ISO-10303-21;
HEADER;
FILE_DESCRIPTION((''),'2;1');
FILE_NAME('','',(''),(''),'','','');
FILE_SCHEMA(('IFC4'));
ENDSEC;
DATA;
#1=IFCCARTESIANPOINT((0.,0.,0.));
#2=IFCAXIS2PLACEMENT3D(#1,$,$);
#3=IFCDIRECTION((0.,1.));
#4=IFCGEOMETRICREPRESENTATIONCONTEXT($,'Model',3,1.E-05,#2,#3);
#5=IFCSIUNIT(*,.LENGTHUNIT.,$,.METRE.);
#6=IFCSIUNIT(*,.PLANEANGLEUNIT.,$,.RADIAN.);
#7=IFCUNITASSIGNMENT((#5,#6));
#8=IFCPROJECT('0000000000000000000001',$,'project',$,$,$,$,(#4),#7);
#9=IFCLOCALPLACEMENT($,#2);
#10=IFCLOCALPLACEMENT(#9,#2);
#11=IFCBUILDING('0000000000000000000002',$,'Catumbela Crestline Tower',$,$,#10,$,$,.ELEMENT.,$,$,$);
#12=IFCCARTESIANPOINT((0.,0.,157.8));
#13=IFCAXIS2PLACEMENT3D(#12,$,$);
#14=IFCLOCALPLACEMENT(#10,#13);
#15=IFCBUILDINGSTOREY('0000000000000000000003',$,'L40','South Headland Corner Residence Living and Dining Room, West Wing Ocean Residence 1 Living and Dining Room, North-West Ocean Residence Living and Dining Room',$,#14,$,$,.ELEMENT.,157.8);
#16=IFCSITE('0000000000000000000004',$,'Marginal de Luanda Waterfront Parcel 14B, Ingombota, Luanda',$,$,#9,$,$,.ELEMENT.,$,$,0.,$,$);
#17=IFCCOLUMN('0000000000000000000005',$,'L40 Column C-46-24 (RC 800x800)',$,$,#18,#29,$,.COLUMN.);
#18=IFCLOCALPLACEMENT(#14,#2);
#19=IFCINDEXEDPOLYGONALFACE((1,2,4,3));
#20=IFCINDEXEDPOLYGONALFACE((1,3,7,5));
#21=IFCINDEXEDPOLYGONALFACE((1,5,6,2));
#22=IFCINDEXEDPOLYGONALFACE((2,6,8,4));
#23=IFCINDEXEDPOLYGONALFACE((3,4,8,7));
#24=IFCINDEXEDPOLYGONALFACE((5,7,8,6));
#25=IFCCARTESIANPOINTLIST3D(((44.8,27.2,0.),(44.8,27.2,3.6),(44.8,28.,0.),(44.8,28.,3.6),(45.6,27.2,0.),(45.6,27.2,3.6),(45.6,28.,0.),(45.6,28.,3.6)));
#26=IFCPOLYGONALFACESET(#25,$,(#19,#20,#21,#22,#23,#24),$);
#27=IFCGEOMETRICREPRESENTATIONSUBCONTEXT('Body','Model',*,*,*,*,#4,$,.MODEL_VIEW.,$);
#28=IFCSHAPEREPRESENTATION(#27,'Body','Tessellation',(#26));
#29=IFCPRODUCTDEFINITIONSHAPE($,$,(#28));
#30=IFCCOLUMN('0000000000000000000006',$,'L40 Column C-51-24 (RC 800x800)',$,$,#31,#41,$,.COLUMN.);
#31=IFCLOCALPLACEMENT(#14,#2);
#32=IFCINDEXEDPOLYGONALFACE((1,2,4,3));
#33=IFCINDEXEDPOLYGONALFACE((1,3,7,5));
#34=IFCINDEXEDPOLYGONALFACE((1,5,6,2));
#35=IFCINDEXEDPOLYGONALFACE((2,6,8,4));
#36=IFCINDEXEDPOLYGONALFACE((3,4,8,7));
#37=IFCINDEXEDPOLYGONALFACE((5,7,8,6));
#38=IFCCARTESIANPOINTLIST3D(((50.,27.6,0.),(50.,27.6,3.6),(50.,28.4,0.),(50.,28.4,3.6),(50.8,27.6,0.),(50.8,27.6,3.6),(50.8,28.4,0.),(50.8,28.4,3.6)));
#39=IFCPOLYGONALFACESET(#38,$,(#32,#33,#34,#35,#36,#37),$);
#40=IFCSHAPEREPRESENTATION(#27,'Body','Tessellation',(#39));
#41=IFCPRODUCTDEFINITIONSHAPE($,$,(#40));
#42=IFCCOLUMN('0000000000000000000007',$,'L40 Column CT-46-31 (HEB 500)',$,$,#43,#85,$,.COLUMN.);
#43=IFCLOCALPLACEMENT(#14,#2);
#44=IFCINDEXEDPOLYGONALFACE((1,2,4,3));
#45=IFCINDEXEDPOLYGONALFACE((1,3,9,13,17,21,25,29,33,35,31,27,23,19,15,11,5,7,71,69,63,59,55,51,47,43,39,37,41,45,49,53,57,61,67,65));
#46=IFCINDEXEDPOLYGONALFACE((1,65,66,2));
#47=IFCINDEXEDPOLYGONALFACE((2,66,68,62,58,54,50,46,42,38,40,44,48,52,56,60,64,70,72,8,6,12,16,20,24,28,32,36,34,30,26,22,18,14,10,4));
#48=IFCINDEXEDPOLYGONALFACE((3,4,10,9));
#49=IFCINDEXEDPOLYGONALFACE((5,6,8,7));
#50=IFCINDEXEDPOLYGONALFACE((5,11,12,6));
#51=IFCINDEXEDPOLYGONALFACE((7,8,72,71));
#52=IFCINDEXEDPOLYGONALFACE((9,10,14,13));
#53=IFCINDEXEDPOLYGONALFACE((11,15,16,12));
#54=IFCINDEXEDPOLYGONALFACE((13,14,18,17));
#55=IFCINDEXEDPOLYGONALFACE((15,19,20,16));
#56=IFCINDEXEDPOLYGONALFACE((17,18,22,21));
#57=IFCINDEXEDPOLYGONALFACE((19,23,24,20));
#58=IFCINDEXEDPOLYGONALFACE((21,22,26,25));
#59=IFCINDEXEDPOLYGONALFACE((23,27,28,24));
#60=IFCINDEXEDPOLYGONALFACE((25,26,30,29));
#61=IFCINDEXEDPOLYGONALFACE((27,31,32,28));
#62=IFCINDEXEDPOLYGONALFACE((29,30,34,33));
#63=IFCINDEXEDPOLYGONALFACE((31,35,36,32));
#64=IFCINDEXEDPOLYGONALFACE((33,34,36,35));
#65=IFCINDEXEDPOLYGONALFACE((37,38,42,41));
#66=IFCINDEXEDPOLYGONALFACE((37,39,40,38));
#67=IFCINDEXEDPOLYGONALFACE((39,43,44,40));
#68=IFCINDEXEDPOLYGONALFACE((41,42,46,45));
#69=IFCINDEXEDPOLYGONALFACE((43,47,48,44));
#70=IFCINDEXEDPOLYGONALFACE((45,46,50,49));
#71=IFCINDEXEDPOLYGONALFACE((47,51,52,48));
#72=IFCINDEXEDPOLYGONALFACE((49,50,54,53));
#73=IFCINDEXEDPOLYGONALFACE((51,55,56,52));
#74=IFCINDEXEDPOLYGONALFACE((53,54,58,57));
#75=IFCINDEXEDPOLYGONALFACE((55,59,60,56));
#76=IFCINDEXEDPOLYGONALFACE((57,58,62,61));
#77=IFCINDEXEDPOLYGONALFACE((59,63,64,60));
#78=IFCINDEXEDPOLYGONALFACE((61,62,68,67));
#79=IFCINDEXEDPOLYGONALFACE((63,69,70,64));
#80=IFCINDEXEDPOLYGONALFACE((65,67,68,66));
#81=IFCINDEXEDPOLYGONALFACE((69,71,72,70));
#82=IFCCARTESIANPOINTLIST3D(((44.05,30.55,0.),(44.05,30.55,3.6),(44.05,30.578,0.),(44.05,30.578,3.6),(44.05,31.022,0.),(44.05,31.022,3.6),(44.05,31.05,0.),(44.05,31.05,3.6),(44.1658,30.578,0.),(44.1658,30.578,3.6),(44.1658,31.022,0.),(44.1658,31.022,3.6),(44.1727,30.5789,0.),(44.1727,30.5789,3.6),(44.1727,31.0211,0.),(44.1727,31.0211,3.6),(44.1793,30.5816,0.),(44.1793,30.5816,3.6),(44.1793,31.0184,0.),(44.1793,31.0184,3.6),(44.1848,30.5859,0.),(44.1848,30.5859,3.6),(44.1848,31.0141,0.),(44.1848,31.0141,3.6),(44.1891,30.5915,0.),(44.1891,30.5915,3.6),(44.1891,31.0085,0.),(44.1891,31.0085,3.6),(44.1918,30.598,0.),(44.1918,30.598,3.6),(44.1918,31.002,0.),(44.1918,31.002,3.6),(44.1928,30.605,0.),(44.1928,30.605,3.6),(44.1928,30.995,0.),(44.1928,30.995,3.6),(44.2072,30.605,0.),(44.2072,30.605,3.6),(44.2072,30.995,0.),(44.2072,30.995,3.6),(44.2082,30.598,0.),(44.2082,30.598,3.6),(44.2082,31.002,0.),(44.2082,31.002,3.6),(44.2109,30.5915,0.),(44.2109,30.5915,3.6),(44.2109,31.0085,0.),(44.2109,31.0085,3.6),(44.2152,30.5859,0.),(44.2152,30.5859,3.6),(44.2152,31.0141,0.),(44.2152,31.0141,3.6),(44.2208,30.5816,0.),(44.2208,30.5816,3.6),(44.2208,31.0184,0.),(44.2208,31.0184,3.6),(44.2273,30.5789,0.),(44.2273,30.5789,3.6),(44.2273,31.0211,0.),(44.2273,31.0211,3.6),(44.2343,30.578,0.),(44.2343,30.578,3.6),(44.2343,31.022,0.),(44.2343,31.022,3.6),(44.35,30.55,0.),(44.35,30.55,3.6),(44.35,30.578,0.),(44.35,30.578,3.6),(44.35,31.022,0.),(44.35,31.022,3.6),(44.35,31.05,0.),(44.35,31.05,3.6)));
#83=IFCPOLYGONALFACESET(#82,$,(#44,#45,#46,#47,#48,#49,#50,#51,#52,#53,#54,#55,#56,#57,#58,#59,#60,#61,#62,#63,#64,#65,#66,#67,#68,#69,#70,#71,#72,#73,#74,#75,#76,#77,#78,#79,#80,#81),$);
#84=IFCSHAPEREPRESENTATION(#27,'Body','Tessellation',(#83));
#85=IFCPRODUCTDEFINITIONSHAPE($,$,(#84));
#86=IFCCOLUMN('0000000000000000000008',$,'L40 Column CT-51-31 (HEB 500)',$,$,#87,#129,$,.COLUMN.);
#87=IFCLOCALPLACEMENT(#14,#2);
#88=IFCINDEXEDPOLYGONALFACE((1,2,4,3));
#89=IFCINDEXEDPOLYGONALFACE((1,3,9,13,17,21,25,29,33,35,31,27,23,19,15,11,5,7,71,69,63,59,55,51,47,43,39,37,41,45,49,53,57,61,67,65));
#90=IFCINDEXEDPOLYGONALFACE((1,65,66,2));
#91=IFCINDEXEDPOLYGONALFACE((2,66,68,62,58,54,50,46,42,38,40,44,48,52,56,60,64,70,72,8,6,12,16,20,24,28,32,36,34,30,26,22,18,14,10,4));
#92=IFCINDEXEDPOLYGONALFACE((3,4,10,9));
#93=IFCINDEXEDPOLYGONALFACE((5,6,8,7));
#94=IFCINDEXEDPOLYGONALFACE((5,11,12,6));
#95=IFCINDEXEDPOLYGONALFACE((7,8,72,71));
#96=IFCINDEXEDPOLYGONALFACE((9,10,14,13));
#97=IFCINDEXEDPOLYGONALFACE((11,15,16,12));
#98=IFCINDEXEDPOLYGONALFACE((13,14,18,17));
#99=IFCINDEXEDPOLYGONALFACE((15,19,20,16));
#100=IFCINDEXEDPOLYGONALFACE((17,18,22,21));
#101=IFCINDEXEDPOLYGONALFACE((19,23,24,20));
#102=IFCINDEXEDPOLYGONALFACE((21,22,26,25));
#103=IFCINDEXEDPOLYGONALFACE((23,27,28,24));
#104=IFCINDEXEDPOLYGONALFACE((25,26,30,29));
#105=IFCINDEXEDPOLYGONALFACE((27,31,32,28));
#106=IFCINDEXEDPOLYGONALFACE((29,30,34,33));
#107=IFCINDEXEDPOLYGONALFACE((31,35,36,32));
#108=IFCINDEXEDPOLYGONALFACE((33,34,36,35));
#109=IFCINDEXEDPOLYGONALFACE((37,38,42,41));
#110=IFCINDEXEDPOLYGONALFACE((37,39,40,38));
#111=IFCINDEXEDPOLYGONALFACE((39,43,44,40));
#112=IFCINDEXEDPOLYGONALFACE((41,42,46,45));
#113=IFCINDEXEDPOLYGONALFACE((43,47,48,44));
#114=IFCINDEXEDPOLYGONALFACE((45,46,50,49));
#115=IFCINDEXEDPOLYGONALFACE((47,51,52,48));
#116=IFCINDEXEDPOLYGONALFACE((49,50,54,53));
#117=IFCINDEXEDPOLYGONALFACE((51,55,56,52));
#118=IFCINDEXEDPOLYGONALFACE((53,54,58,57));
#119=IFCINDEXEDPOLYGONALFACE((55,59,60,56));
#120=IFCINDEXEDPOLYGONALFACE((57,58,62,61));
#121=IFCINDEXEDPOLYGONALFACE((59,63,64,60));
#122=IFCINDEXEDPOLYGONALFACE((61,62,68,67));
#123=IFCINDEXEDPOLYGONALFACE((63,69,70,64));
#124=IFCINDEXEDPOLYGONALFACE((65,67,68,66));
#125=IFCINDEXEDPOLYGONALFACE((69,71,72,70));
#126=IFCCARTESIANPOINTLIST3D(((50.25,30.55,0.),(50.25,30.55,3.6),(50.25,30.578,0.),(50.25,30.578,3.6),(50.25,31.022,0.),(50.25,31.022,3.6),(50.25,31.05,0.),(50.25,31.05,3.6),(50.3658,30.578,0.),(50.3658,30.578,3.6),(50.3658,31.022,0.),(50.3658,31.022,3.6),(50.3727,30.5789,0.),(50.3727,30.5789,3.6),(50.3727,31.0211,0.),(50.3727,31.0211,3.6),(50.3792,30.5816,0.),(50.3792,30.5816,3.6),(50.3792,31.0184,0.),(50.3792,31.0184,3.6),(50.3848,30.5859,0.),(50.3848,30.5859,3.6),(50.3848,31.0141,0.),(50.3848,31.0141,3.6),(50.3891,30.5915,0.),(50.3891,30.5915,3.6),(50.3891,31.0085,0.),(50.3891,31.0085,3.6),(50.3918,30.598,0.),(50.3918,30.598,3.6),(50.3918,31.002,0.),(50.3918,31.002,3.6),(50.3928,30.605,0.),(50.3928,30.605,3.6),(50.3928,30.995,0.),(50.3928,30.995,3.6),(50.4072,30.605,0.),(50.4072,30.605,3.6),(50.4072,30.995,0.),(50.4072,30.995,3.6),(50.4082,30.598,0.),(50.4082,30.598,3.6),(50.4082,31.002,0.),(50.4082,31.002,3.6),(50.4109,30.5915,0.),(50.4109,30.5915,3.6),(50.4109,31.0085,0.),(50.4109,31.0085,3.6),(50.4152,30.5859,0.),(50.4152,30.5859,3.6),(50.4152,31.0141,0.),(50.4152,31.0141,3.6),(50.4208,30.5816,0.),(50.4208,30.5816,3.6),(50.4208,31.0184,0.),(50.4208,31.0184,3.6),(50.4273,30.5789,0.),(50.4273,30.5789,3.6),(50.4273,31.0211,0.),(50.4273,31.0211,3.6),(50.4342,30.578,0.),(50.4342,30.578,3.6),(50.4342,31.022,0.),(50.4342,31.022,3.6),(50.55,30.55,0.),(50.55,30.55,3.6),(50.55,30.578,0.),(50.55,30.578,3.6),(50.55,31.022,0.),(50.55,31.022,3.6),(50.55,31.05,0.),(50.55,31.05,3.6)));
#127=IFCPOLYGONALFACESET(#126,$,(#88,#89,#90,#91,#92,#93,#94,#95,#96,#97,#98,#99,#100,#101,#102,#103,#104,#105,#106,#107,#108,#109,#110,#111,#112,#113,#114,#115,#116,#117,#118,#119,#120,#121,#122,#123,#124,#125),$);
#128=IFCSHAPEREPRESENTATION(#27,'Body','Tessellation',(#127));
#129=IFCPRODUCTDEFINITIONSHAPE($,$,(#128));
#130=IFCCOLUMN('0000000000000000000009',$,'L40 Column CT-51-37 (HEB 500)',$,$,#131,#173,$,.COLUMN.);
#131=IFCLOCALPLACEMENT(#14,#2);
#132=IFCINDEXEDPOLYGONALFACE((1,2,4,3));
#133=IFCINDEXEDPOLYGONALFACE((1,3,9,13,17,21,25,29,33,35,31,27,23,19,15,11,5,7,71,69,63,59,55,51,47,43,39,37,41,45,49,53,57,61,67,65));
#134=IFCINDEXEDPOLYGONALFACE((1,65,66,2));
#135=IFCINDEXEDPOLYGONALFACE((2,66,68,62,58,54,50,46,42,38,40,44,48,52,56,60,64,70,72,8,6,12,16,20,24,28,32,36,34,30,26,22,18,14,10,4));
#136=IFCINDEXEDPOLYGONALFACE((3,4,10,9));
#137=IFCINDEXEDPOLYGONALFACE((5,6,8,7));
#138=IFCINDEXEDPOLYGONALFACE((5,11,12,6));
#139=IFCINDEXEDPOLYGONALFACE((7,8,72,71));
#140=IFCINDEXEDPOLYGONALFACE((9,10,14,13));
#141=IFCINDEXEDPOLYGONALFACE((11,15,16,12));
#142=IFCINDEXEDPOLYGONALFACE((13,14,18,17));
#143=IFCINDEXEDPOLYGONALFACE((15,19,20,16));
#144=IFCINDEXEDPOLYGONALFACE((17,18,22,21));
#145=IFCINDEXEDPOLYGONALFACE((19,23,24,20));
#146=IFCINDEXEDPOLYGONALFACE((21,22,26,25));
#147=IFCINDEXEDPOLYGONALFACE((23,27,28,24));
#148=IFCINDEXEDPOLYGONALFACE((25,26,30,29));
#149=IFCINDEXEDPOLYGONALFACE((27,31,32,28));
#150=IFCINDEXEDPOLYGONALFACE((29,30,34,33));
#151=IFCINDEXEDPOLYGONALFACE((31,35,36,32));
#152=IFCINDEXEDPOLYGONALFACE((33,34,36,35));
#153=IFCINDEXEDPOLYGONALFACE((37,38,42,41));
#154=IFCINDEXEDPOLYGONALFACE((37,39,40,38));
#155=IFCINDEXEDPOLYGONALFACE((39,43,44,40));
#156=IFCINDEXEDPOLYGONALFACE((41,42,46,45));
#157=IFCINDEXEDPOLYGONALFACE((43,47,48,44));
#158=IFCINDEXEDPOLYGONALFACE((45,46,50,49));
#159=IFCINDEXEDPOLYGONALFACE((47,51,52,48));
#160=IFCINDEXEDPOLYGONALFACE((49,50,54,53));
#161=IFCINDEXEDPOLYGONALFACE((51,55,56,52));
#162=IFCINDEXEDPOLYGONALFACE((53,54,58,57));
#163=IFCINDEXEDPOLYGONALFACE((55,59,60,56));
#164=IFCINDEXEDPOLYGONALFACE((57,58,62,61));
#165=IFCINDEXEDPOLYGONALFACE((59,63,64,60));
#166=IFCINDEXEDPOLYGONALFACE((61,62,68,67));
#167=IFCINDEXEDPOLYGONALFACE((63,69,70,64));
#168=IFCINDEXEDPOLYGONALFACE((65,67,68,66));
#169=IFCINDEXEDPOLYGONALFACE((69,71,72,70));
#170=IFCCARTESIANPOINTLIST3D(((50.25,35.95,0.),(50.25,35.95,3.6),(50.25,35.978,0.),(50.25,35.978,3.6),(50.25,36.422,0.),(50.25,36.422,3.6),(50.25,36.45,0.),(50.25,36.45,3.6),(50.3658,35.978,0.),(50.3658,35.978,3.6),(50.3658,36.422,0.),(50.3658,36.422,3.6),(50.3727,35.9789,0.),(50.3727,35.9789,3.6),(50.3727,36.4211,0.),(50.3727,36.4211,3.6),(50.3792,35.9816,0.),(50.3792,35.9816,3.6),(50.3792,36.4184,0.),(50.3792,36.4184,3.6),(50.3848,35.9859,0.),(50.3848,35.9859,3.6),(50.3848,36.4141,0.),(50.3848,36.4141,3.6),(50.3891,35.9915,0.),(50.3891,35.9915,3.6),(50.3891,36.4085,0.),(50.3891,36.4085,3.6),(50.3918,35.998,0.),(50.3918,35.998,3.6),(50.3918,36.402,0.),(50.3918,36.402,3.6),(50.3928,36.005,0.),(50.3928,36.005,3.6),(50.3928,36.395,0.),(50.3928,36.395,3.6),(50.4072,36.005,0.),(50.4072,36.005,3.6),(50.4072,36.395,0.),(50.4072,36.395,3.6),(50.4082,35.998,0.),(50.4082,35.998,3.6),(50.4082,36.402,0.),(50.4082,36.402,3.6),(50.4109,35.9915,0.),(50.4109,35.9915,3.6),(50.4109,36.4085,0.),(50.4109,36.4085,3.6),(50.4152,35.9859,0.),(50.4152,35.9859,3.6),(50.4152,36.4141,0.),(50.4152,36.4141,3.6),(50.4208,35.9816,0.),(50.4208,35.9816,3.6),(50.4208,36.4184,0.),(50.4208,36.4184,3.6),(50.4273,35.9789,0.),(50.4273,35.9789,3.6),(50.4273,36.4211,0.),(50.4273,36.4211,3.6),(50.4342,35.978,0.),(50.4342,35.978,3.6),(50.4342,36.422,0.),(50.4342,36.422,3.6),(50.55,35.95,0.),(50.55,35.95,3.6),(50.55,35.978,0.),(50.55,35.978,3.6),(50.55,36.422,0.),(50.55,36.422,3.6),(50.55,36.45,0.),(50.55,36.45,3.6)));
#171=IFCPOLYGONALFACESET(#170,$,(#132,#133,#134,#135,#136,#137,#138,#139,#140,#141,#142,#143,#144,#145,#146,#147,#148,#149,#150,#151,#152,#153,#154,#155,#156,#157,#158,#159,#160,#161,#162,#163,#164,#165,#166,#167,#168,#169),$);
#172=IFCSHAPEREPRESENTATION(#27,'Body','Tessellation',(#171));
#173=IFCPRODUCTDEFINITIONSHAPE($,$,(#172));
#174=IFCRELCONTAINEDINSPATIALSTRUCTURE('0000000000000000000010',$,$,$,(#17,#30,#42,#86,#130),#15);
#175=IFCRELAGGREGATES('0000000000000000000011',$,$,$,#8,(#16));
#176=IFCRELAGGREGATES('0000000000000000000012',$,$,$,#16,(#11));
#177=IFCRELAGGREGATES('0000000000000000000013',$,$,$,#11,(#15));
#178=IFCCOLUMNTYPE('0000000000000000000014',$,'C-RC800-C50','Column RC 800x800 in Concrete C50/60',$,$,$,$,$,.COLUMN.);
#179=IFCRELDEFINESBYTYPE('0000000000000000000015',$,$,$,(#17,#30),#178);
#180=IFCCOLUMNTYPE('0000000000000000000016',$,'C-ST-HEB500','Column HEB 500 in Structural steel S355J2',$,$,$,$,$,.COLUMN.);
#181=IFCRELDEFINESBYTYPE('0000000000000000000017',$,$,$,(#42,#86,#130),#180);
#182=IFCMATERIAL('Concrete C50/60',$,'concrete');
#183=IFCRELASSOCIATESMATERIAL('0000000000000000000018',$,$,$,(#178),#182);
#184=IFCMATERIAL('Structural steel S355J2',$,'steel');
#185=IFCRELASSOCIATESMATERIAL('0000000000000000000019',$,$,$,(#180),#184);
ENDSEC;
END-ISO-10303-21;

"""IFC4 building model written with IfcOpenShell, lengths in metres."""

from ifc_helpers import new_model, si_unit, direction, frame, origin, origin_2d, place, context, subcontext, project, spatial, rectangle, i_section, extrude, material, material_profile, profile_set, type_object, element, save


model = new_model("IFC4")

# Units and contexts
model_context = context("Model", 3, precision=1e-05, world=origin(), true_north=direction((0.0, 1.0)))
body_context = subcontext(model_context, "Body", "Model", "MODEL_VIEW")
ifc_project = project(units=[si_unit("LENGTHUNIT", "METRE"), si_unit("PLANEANGLEUNIT", "RADIAN")], contexts=[model_context])

# Site, building, storey
site_placement = place(None, origin())
site = spatial("IfcSite", under=ifc_project, at=site_placement, Name="Marginal de Luanda Waterfront Parcel 14B, Ingombota, Luanda", CompositionType="ELEMENT", RefElevation=0.0)
building_placement = place(site_placement, origin())
building = spatial("IfcBuilding", under=site, at=building_placement, Name="Catumbela Crestline Tower", CompositionType="ELEMENT")
storey_placement = place(building_placement, frame((0.0, 0.0, 157.8)))
storey = spatial("IfcBuildingStorey", under=building, at=storey_placement, Name="L40", Description="South Headland Corner Residence Living and Dining Room, West Wing Ocean Residence 1 Living and Dining Room, North-West Ocean Residence Living and Dining Room", CompositionType="ELEMENT", Elevation=157.8)

# Columns
ifc_material_1 = material(Name="Concrete C50/60", Category="concrete")
ifc_material_profile_1 = material_profile(ifc_material_1, rectangle(XDim=0.8, YDim=0.8, at=origin_2d()), Name="RC 800x800")
ifc_profile_set_1 = profile_set([ifc_material_profile_1], Name="Concrete C50/60")
column_type_1 = type_object("IfcColumnType", Name="C-RC800-C50", Description="Column RC 800x800 in Concrete C50/60", PredefinedType="COLUMN", material=ifc_profile_set_1)
for number, where, z_axis, x_axis, name in (
    (1, (45.2, 27.6, 0.0), (0.0, 0.0, 1.0), (1.0, 0.0, 0.0), "L40 Column C-46-24 (RC 800x800)"),
    (2, (50.4, 28.0, 0.0), (0.0, 0.0, 1.0), (1.0, 0.0, 0.0), "L40 Column C-51-24 (RC 800x800)"),
):
    element("IfcColumn", number, at=place(storey_placement, frame(where, z_axis=z_axis, x_axis=x_axis)), inside=storey, type_object=column_type_1, Name=name, PredefinedType="COLUMN", context=body_context, shape_type="SweptSolid", body=[
        extrude(rectangle(XDim=0.8, YDim=0.8, at=origin_2d()), origin(), (0.0, 0.0, 1.0), 3.6),
    ])
ifc_material_2 = material(Name="Structural steel S355J2", Category="steel")
ifc_material_profile_2 = material_profile(ifc_material_2, i_section(OverallWidth=0.3, OverallDepth=0.5, WebThickness=0.0145, FlangeThickness=0.028, FilletRadius=0.027, at=origin_2d()), Name="HEB 500")
ifc_profile_set_2 = profile_set([ifc_material_profile_2], Name="Structural steel S355J2")
column_type_2 = type_object("IfcColumnType", Name="C-ST-HEB500", Description="Column HEB 500 in Structural steel S355J2", PredefinedType="COLUMN", material=ifc_profile_set_2)
for number, where, z_axis, x_axis, name in (
    (3, (44.2, 30.8, 0.0), (0.0, 0.0, 1.0), (1.0, 0.0, 0.0), "L40 Column CT-46-31 (HEB 500)"),
    (4, (50.4, 30.8, 0.0), (0.0, 0.0, 1.0), (1.0, 0.0, 0.0), "L40 Column CT-51-31 (HEB 500)"),
    (5, (50.4, 36.2, 0.0), (0.0, 0.0, 1.0), (1.0, 0.0, 0.0), "L40 Column CT-51-37 (HEB 500)"),
):
    element("IfcColumn", number, at=place(storey_placement, frame(where, z_axis=z_axis, x_axis=x_axis)), inside=storey, type_object=column_type_2, Name=name, PredefinedType="COLUMN", context=body_context, shape_type="SweptSolid", body=[
        extrude(i_section(OverallWidth=0.3, OverallDepth=0.5, WebThickness=0.0145, FlangeThickness=0.028, FilletRadius=0.027, at=origin_2d()), origin(), (0.0, 0.0, 1.0), 3.6),
    ])

save(model, "model.ifc")
